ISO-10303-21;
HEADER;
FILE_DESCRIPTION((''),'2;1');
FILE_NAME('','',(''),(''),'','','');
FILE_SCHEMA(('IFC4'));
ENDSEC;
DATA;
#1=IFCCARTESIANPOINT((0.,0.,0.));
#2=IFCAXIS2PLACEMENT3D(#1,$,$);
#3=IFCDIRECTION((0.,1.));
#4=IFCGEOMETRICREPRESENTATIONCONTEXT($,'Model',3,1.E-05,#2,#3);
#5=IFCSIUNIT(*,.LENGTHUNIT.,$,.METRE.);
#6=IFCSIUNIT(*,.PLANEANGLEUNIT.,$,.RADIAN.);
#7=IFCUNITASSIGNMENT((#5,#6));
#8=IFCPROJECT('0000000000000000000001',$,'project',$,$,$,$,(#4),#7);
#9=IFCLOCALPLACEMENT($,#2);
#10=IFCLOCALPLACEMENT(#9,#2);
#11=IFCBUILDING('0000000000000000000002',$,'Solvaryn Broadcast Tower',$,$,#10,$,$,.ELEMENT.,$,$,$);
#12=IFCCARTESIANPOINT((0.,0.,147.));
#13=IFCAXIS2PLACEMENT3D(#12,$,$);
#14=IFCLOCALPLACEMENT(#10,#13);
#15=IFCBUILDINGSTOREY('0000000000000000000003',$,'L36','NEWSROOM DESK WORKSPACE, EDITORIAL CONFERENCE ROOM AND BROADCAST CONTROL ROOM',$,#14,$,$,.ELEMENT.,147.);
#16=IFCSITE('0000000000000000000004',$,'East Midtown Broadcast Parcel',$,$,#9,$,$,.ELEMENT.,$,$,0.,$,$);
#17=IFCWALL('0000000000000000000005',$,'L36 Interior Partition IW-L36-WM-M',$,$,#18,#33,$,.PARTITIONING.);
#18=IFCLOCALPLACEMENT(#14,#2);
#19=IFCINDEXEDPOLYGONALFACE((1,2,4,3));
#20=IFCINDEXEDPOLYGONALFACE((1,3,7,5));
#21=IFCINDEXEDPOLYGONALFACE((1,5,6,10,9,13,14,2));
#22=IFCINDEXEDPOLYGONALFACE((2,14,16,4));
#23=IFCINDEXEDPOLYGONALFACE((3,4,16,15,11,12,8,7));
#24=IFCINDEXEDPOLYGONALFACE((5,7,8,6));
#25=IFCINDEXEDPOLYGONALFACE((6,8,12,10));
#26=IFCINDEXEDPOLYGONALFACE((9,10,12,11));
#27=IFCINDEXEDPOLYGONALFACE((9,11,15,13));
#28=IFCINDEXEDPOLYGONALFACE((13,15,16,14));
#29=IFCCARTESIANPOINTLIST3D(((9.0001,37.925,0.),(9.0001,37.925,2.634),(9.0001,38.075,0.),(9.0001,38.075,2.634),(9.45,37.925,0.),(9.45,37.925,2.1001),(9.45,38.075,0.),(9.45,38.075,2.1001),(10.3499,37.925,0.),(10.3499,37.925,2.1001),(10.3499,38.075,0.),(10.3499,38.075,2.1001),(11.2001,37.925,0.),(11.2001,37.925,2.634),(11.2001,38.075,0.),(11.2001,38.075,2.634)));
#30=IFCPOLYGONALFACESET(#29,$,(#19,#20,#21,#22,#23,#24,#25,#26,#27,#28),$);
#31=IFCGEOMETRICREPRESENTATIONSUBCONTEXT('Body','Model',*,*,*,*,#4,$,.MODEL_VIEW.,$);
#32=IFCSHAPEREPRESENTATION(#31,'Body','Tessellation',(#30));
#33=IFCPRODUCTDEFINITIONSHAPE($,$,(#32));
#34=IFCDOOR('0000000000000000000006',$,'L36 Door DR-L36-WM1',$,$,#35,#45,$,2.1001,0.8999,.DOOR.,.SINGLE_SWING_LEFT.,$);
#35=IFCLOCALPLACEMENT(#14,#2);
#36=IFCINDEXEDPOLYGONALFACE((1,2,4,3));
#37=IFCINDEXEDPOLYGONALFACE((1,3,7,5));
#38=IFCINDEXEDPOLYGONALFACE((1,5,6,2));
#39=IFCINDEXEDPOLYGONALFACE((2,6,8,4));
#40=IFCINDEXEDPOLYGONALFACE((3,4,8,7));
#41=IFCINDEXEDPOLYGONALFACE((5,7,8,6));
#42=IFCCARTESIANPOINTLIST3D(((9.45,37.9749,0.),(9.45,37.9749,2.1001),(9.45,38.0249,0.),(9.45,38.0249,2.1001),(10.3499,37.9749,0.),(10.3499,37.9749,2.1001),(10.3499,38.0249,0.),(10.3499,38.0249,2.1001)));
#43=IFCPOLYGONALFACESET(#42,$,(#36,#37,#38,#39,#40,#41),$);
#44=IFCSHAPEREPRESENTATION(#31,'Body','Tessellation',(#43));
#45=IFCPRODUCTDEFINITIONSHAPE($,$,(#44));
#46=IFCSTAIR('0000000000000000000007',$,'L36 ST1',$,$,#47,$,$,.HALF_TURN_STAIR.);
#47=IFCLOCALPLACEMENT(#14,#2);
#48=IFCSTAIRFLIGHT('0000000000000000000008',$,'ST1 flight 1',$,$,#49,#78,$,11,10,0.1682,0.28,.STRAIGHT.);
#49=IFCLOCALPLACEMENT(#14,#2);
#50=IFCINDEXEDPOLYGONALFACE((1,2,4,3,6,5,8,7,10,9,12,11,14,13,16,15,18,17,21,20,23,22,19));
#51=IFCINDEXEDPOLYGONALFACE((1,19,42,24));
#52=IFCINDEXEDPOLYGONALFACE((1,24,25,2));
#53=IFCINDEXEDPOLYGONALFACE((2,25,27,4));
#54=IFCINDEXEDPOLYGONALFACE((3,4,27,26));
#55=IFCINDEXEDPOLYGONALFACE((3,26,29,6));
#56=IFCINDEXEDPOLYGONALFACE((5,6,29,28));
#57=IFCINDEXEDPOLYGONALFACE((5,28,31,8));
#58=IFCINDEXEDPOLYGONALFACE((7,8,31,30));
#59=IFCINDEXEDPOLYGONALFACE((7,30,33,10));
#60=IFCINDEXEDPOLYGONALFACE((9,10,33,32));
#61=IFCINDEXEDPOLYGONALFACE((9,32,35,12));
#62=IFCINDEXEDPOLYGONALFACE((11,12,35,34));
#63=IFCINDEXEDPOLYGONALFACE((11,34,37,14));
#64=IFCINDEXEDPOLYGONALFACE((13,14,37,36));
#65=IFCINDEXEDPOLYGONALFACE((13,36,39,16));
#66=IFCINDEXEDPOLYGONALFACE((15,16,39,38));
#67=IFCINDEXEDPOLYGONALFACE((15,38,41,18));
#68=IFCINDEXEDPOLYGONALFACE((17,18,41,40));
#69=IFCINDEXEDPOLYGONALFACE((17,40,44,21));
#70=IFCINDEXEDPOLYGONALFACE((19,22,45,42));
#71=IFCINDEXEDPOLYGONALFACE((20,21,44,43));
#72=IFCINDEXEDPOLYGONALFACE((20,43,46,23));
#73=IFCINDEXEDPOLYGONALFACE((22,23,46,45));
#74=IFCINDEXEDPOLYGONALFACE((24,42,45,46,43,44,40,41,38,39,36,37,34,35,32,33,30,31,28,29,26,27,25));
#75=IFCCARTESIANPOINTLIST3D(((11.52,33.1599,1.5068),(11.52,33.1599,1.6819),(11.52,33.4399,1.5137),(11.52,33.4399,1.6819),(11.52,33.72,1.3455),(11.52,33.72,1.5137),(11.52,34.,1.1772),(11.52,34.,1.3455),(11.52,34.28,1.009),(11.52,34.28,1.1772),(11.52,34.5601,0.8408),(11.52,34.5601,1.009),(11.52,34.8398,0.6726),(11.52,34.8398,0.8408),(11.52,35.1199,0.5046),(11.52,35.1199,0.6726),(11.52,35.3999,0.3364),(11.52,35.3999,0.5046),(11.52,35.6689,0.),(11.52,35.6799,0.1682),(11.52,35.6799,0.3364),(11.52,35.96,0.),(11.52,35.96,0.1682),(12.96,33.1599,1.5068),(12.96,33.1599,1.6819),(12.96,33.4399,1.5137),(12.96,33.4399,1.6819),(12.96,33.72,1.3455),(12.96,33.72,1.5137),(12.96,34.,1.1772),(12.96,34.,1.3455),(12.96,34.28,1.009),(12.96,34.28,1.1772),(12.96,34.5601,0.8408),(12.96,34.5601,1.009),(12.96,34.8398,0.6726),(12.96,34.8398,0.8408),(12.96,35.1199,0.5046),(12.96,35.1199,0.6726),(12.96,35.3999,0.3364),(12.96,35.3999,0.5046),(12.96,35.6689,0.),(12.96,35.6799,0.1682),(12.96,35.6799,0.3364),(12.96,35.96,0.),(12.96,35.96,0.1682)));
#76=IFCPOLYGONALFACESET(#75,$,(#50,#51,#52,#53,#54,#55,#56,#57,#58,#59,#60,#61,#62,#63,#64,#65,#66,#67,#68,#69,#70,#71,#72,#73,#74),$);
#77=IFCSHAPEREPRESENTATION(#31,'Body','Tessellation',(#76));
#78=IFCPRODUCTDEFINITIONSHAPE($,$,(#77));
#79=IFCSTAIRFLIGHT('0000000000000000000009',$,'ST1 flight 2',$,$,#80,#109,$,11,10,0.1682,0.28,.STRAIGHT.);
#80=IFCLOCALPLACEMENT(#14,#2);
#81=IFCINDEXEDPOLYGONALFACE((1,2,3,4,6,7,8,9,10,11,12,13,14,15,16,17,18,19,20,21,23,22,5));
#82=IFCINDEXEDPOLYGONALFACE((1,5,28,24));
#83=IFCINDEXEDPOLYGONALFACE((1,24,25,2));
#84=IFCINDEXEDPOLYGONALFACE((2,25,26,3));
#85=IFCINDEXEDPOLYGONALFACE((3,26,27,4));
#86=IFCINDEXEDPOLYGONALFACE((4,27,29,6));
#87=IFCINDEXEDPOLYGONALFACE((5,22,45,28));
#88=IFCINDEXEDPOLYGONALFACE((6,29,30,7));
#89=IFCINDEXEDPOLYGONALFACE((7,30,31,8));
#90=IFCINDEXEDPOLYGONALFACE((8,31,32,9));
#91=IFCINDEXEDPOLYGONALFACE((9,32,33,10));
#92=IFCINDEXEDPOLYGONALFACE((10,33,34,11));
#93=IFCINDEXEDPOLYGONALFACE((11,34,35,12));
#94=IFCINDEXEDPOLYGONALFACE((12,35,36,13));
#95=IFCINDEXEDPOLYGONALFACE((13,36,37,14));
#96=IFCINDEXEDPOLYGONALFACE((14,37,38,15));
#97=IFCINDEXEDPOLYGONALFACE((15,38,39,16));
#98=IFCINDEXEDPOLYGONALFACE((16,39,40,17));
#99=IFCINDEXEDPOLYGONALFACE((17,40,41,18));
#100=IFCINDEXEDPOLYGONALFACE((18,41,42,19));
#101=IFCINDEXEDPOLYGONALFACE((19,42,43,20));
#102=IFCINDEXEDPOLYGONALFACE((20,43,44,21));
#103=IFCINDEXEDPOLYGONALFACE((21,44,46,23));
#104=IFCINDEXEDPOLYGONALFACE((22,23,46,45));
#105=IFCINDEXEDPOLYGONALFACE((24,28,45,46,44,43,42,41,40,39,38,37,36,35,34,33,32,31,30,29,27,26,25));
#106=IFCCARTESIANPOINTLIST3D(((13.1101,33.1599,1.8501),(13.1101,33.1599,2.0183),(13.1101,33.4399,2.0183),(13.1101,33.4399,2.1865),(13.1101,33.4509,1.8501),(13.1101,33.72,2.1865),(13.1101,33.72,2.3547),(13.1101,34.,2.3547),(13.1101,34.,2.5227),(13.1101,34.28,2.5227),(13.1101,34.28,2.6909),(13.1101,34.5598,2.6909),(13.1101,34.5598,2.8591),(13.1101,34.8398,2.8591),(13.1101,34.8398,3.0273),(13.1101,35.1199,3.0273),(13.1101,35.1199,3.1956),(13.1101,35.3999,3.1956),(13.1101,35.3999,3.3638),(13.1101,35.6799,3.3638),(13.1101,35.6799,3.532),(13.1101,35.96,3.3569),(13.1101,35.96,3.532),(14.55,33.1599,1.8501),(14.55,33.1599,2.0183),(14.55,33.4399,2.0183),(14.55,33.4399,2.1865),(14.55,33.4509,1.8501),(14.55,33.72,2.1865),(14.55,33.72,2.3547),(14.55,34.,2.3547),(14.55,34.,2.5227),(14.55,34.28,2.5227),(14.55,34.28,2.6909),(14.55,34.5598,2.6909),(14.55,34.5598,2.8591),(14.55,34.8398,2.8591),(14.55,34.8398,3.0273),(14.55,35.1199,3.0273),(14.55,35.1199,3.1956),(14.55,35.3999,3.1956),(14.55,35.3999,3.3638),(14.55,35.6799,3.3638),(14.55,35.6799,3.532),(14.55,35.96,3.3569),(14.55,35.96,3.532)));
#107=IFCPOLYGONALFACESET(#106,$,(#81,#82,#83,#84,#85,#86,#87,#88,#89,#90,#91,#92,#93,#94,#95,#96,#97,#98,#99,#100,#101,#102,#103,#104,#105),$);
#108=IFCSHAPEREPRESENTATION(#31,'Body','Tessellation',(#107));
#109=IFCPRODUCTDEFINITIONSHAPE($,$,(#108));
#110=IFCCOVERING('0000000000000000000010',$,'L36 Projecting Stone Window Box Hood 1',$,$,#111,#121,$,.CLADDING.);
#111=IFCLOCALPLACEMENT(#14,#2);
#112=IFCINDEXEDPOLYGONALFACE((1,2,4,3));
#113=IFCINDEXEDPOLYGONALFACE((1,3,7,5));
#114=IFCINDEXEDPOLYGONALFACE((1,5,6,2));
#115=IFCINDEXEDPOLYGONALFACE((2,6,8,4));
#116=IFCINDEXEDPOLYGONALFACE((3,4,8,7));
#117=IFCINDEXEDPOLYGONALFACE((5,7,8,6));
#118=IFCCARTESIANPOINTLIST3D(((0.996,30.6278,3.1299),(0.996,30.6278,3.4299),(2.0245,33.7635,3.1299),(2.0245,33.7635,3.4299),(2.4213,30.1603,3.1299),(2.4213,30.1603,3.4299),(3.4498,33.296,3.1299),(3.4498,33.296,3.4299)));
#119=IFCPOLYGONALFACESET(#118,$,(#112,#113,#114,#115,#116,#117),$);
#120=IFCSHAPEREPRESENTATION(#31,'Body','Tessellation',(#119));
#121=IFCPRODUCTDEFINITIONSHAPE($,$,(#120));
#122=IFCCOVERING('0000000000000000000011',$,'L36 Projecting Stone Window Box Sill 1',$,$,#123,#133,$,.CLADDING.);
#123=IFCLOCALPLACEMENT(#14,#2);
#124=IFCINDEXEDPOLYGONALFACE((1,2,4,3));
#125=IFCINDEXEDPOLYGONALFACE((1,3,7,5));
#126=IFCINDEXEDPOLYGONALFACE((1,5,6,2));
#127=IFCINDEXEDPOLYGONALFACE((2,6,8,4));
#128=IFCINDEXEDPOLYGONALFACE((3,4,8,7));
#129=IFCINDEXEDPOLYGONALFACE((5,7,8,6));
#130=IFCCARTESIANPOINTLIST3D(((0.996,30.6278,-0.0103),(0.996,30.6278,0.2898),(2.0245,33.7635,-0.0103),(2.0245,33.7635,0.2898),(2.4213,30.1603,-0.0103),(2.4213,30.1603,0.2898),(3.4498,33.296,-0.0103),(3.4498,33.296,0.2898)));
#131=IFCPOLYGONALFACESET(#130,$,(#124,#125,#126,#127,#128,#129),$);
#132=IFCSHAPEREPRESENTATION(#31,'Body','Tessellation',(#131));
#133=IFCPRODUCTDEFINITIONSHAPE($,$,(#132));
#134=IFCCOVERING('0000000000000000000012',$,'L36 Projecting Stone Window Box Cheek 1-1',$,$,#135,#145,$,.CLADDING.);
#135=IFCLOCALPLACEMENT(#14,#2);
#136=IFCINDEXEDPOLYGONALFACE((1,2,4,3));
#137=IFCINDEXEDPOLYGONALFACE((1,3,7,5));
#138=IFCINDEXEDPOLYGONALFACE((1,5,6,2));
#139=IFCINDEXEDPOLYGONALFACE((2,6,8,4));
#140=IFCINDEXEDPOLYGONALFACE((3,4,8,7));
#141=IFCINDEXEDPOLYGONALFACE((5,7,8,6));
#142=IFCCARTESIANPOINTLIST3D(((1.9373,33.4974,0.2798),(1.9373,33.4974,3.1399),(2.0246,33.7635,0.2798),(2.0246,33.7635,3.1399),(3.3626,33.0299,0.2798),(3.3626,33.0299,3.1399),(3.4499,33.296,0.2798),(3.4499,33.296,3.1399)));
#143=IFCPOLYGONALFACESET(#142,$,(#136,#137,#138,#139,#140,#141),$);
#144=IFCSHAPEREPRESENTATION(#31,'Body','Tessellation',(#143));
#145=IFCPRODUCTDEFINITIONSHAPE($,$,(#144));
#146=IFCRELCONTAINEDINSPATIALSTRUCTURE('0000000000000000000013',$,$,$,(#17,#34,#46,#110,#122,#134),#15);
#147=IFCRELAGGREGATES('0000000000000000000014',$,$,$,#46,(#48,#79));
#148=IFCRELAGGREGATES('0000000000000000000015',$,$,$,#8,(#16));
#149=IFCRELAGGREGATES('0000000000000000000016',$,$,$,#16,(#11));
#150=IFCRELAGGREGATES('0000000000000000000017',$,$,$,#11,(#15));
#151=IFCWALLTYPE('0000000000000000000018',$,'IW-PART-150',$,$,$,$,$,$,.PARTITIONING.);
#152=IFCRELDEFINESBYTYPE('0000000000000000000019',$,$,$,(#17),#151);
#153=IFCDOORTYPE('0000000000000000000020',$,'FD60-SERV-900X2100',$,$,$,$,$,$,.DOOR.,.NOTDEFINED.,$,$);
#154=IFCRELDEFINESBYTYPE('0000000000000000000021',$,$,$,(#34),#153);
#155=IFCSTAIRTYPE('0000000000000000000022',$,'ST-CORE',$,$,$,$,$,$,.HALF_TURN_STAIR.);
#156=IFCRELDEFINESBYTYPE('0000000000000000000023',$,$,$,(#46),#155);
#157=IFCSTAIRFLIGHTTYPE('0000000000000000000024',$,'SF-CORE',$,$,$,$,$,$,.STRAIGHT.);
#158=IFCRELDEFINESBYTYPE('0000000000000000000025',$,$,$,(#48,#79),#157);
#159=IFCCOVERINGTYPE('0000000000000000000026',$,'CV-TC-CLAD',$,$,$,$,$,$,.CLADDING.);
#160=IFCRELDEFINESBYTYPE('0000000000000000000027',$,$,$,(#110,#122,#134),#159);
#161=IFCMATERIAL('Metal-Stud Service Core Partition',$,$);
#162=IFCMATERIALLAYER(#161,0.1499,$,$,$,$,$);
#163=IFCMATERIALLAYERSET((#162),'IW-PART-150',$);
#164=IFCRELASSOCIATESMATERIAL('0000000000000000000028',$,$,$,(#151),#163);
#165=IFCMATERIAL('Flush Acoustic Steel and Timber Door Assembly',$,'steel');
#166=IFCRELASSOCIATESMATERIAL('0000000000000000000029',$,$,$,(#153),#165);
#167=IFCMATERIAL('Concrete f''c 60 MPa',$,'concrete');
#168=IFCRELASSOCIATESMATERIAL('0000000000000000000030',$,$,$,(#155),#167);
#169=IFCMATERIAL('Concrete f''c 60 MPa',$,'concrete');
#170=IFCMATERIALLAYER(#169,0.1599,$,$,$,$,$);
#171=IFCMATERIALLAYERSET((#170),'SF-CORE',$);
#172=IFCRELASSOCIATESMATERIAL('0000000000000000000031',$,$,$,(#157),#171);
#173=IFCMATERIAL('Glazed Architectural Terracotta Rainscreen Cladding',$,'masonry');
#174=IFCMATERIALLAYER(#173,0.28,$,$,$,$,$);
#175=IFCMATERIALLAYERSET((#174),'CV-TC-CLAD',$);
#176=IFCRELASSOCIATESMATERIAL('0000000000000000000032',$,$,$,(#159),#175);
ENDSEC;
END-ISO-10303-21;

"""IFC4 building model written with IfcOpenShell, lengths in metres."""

from ifc_helpers import new_model, si_unit, direction, frame, frame_2d, origin, origin_2d, place, context, subcontext, project, spatial, polyline, rectangle, outline, extrude, material, layer, layer_set, type_object, element, fill, aggregate, save


model = new_model("IFC4")

# Units and contexts
model_context = context("Model", 3, precision=1e-05, world=origin(), true_north=direction((0.0, 1.0)))
body_context = subcontext(model_context, "Body", "Model", "MODEL_VIEW")
ifc_project = project(units=[si_unit("LENGTHUNIT", "METRE"), si_unit("PLANEANGLEUNIT", "RADIAN")], contexts=[model_context])

# Site, building, storey
site_placement = place(None, origin())
site = spatial("IfcSite", under=ifc_project, at=site_placement, Name="East Midtown Broadcast Parcel", CompositionType="ELEMENT", RefElevation=0.0)
building_placement = place(site_placement, origin())
building = spatial("IfcBuilding", under=site, at=building_placement, Name="Solvaryn Broadcast Tower", CompositionType="ELEMENT")
storey_placement = place(building_placement, frame((0.0, 0.0, 147.0)))
storey = spatial("IfcBuildingStorey", under=building, at=storey_placement, Name="L36", Description="NEWSROOM DESK WORKSPACE, EDITORIAL CONFERENCE ROOM AND BROADCAST CONTROL ROOM", CompositionType="ELEMENT", Elevation=147.0)

# Wall, opening, door
ifc_material_1 = material(Name="Metal-Stud Service Core Partition")
ifc_layer_1 = layer(ifc_material_1, 0.1499)
ifc_layer_set_1 = layer_set([ifc_layer_1], Name="IW-PART-150")
wall_type = type_object("IfcWallType", Name="IW-PART-150", PredefinedType="PARTITIONING", material=ifc_layer_set_1)
wall_placement = place(storey_placement, frame((9.0, 38.0, 0.0), z_axis=(0.0, 0.0, 1.0), x_axis=(1.0, 0.0, 0.0)))
wall = element("IfcWall", 1, at=wall_placement, inside=storey, type_object=wall_type, Name="L36 Interior Partition IW-L36-WM-M", PredefinedType="PARTITIONING", context=body_context, shape_type="SweptSolid", body=[
    extrude(rectangle(XDim=2.2, YDim=0.1499, at=frame_2d((1.1001, 0.0))), origin(), (0.0, 0.0, 1.0), 2.634),
])
opening_placement = place(wall_placement, frame((0.45, 0.0, 0.0)))
opening = element("IfcOpeningElement", 2, at=opening_placement, cuts=wall, PredefinedType="OPENING", context=body_context, shape_type="SweptSolid", body=[
    extrude(rectangle(XDim=0.8999, YDim=2.1001, at=frame_2d((0.45, 1.05))), frame((0.0, 0.085, 0.0), z_axis=(0.0, -1.0, 0.0), x_axis=(1.0, 0.0, 0.0)), (0.0, 0.0, 1.0), 0.1699),
])
ifc_material_2 = material(Name="Flush Acoustic Steel and Timber Door Assembly", Category="steel")
door_type = type_object("IfcDoorType", Name="FD60-SERV-900X2100", OperationType="NOTDEFINED", PredefinedType="DOOR", material=ifc_material_2)
door_placement = place(opening_placement, origin())
door = element("IfcDoor", 3, at=door_placement, inside=storey, type_object=door_type, Name="L36 Door DR-L36-WM1", OperationType="SINGLE_SWING_LEFT", OverallHeight=2.1001, OverallWidth=0.8999, PredefinedType="DOOR", context=body_context, shape_type="SweptSolid", body=[
    extrude(rectangle(XDim=0.8999, YDim=2.1001, at=frame_2d((0.45, 1.05))), frame((0.0, 0.0249, 0.0), z_axis=(0.0, -1.0, 0.0), x_axis=(1.0, 0.0, 0.0)), (0.0, 0.0, 1.0), 0.05),
])
fill(opening, door)

# Stair, stair flights
ifc_material_3 = material(Name="Concrete f'c 60 MPa", Category="concrete")
stair_type = type_object("IfcStairType", Name="ST-CORE", PredefinedType="HALF_TURN_STAIR", material=ifc_material_3)
stair_placement = place(storey_placement, origin())
stair = element("IfcStair", 4, at=stair_placement, inside=storey, type_object=stair_type, Name="L36 ST1", PredefinedType="HALF_TURN_STAIR")
ifc_material_4 = material(Name="Concrete f'c 60 MPa", Category="concrete")
ifc_layer_2 = layer(ifc_material_4, 0.1599)
ifc_layer_set_2 = layer_set([ifc_layer_2], Name="SF-CORE")
stair_flight_type = type_object("IfcStairFlightType", Name="SF-CORE", PredefinedType="STRAIGHT", material=ifc_layer_set_2)
stair_flight_1_placement = place(storey_placement, frame((12.24, 35.96, 0.0), z_axis=(0.0, 0.0, 1.0), x_axis=(0.0, -1.0, 0.0)))
stair_flight_1 = element("IfcStairFlight", 5, at=stair_flight_1_placement, type_object=stair_flight_type, Name="ST1 flight 1", NumberOfRisers=11, NumberOfTreads=10, PredefinedType="STRAIGHT", RiserHeight=0.1682, TreadLength=0.28, context=body_context, shape_type="SweptSolid", body=[
    extrude(outline(polyline([(0.0, 0.0), (0.0, 0.1682), (0.28, 0.1682), (0.28, 0.3364), (0.5601, 0.3364), (0.5601, 0.5046), (0.8401, 0.5046), (0.8401, 0.6726), (1.1201, 0.6726), (1.1201, 0.8408), (1.3999, 0.8408), (1.3999, 1.009), (1.6799, 1.009), (1.6799, 1.1772), (1.96, 1.1772), (1.96, 1.3455), (2.24, 1.3455), (2.24, 1.5137), (2.52, 1.5137), (2.52, 1.6819), (2.8, 1.6819), (2.8, 1.8501), (2.8, 1.5068), (0.291, 0.0), (0.0, 0.0)])), frame((0.0, 0.72, 0.0), z_axis=(0.0, -1.0, 0.0), x_axis=(1.0, 0.0, 0.0)), (0.0, 0.0, 1.0), 1.4399),
])
stair_flight_2_placement = place(storey_placement, frame((13.8301, 33.1599, 1.8501), z_axis=(0.0, 0.0, 1.0), x_axis=(0.0, 1.0, 0.0)))
stair_flight_2 = element("IfcStairFlight", 6, at=stair_flight_2_placement, type_object=stair_flight_type, Name="ST1 flight 2", NumberOfRisers=11, NumberOfTreads=10, PredefinedType="STRAIGHT", RiserHeight=0.1682, TreadLength=0.28, context=body_context, shape_type="SweptSolid", body=[
    extrude(outline(polyline([(0.0, 0.0), (0.0, 0.1682), (0.28, 0.1682), (0.28, 0.3364), (0.5601, 0.3364), (0.5601, 0.5046), (0.8401, 0.5046), (0.8401, 0.6726), (1.1201, 0.6726), (1.1201, 0.8408), (1.3999, 0.8408), (1.3999, 1.009), (1.6799, 1.009), (1.6799, 1.1772), (1.96, 1.1772), (1.96, 1.3455), (2.24, 1.3455), (2.24, 1.5137), (2.52, 1.5137), (2.52, 1.6819), (2.8, 1.6819), (2.8, 1.8501), (2.8, 1.5068), (0.291, 0.0), (0.0, 0.0)])), frame((0.0, 0.72, 0.0), z_axis=(0.0, -1.0, 0.0), x_axis=(1.0, 0.0, 0.0)), (0.0, 0.0, 1.0), 1.4399),
])
aggregate(stair, [stair_flight_1, stair_flight_2])

# Coverings
ifc_material_5 = material(Name="Glazed Architectural Terracotta Rainscreen Cladding", Category="masonry")
ifc_layer_3 = layer(ifc_material_5, 0.28)
ifc_layer_set_3 = layer_set([ifc_layer_3], Name="CV-TC-CLAD")
covering_type = type_object("IfcCoveringType", Name="CV-TC-CLAD", PredefinedType="CLADDING", material=ifc_layer_set_3)
for number, where, z_axis, x_axis, name in (
    (7, (2.2229, 31.9619, 3.1299), (0.0, 0.0, 1.0), (-0.311672, -0.95019, 0.0), "L36 Projecting Stone Window Box Hood 1"),
    (8, (2.2229, 31.9619, -0.0103), (0.0, 0.0, 1.0), (-0.311672, -0.95019, 0.0), "L36 Projecting Stone Window Box Sill 1"),
):
    element("IfcCovering", number, at=place(storey_placement, frame(where, z_axis=z_axis, x_axis=x_axis)), inside=storey, type_object=covering_type, Name=name, PredefinedType="CLADDING", context=body_context, shape_type="SweptSolid", body=[
        extrude(rectangle(XDim=3.3, YDim=1.5, at=origin_2d()), origin(), (0.0, 0.0, 1.0), 0.3),
    ])
covering_placement = place(storey_placement, frame((2.6936, 33.3967, 0.2798), z_axis=(0.0, 0.0, 1.0), x_axis=(-0.311672, -0.95019, 0.0)))
element("IfcCovering", 9, at=covering_placement, inside=storey, type_object=covering_type, Name="L36 Projecting Stone Window Box Cheek 1-1", PredefinedType="CLADDING", context=body_context, shape_type="SweptSolid", body=[
    extrude(rectangle(XDim=0.28, YDim=1.5, at=origin_2d()), origin(), (0.0, 0.0, 1.0), 2.8601),
])

save(model, "model.ifc")
